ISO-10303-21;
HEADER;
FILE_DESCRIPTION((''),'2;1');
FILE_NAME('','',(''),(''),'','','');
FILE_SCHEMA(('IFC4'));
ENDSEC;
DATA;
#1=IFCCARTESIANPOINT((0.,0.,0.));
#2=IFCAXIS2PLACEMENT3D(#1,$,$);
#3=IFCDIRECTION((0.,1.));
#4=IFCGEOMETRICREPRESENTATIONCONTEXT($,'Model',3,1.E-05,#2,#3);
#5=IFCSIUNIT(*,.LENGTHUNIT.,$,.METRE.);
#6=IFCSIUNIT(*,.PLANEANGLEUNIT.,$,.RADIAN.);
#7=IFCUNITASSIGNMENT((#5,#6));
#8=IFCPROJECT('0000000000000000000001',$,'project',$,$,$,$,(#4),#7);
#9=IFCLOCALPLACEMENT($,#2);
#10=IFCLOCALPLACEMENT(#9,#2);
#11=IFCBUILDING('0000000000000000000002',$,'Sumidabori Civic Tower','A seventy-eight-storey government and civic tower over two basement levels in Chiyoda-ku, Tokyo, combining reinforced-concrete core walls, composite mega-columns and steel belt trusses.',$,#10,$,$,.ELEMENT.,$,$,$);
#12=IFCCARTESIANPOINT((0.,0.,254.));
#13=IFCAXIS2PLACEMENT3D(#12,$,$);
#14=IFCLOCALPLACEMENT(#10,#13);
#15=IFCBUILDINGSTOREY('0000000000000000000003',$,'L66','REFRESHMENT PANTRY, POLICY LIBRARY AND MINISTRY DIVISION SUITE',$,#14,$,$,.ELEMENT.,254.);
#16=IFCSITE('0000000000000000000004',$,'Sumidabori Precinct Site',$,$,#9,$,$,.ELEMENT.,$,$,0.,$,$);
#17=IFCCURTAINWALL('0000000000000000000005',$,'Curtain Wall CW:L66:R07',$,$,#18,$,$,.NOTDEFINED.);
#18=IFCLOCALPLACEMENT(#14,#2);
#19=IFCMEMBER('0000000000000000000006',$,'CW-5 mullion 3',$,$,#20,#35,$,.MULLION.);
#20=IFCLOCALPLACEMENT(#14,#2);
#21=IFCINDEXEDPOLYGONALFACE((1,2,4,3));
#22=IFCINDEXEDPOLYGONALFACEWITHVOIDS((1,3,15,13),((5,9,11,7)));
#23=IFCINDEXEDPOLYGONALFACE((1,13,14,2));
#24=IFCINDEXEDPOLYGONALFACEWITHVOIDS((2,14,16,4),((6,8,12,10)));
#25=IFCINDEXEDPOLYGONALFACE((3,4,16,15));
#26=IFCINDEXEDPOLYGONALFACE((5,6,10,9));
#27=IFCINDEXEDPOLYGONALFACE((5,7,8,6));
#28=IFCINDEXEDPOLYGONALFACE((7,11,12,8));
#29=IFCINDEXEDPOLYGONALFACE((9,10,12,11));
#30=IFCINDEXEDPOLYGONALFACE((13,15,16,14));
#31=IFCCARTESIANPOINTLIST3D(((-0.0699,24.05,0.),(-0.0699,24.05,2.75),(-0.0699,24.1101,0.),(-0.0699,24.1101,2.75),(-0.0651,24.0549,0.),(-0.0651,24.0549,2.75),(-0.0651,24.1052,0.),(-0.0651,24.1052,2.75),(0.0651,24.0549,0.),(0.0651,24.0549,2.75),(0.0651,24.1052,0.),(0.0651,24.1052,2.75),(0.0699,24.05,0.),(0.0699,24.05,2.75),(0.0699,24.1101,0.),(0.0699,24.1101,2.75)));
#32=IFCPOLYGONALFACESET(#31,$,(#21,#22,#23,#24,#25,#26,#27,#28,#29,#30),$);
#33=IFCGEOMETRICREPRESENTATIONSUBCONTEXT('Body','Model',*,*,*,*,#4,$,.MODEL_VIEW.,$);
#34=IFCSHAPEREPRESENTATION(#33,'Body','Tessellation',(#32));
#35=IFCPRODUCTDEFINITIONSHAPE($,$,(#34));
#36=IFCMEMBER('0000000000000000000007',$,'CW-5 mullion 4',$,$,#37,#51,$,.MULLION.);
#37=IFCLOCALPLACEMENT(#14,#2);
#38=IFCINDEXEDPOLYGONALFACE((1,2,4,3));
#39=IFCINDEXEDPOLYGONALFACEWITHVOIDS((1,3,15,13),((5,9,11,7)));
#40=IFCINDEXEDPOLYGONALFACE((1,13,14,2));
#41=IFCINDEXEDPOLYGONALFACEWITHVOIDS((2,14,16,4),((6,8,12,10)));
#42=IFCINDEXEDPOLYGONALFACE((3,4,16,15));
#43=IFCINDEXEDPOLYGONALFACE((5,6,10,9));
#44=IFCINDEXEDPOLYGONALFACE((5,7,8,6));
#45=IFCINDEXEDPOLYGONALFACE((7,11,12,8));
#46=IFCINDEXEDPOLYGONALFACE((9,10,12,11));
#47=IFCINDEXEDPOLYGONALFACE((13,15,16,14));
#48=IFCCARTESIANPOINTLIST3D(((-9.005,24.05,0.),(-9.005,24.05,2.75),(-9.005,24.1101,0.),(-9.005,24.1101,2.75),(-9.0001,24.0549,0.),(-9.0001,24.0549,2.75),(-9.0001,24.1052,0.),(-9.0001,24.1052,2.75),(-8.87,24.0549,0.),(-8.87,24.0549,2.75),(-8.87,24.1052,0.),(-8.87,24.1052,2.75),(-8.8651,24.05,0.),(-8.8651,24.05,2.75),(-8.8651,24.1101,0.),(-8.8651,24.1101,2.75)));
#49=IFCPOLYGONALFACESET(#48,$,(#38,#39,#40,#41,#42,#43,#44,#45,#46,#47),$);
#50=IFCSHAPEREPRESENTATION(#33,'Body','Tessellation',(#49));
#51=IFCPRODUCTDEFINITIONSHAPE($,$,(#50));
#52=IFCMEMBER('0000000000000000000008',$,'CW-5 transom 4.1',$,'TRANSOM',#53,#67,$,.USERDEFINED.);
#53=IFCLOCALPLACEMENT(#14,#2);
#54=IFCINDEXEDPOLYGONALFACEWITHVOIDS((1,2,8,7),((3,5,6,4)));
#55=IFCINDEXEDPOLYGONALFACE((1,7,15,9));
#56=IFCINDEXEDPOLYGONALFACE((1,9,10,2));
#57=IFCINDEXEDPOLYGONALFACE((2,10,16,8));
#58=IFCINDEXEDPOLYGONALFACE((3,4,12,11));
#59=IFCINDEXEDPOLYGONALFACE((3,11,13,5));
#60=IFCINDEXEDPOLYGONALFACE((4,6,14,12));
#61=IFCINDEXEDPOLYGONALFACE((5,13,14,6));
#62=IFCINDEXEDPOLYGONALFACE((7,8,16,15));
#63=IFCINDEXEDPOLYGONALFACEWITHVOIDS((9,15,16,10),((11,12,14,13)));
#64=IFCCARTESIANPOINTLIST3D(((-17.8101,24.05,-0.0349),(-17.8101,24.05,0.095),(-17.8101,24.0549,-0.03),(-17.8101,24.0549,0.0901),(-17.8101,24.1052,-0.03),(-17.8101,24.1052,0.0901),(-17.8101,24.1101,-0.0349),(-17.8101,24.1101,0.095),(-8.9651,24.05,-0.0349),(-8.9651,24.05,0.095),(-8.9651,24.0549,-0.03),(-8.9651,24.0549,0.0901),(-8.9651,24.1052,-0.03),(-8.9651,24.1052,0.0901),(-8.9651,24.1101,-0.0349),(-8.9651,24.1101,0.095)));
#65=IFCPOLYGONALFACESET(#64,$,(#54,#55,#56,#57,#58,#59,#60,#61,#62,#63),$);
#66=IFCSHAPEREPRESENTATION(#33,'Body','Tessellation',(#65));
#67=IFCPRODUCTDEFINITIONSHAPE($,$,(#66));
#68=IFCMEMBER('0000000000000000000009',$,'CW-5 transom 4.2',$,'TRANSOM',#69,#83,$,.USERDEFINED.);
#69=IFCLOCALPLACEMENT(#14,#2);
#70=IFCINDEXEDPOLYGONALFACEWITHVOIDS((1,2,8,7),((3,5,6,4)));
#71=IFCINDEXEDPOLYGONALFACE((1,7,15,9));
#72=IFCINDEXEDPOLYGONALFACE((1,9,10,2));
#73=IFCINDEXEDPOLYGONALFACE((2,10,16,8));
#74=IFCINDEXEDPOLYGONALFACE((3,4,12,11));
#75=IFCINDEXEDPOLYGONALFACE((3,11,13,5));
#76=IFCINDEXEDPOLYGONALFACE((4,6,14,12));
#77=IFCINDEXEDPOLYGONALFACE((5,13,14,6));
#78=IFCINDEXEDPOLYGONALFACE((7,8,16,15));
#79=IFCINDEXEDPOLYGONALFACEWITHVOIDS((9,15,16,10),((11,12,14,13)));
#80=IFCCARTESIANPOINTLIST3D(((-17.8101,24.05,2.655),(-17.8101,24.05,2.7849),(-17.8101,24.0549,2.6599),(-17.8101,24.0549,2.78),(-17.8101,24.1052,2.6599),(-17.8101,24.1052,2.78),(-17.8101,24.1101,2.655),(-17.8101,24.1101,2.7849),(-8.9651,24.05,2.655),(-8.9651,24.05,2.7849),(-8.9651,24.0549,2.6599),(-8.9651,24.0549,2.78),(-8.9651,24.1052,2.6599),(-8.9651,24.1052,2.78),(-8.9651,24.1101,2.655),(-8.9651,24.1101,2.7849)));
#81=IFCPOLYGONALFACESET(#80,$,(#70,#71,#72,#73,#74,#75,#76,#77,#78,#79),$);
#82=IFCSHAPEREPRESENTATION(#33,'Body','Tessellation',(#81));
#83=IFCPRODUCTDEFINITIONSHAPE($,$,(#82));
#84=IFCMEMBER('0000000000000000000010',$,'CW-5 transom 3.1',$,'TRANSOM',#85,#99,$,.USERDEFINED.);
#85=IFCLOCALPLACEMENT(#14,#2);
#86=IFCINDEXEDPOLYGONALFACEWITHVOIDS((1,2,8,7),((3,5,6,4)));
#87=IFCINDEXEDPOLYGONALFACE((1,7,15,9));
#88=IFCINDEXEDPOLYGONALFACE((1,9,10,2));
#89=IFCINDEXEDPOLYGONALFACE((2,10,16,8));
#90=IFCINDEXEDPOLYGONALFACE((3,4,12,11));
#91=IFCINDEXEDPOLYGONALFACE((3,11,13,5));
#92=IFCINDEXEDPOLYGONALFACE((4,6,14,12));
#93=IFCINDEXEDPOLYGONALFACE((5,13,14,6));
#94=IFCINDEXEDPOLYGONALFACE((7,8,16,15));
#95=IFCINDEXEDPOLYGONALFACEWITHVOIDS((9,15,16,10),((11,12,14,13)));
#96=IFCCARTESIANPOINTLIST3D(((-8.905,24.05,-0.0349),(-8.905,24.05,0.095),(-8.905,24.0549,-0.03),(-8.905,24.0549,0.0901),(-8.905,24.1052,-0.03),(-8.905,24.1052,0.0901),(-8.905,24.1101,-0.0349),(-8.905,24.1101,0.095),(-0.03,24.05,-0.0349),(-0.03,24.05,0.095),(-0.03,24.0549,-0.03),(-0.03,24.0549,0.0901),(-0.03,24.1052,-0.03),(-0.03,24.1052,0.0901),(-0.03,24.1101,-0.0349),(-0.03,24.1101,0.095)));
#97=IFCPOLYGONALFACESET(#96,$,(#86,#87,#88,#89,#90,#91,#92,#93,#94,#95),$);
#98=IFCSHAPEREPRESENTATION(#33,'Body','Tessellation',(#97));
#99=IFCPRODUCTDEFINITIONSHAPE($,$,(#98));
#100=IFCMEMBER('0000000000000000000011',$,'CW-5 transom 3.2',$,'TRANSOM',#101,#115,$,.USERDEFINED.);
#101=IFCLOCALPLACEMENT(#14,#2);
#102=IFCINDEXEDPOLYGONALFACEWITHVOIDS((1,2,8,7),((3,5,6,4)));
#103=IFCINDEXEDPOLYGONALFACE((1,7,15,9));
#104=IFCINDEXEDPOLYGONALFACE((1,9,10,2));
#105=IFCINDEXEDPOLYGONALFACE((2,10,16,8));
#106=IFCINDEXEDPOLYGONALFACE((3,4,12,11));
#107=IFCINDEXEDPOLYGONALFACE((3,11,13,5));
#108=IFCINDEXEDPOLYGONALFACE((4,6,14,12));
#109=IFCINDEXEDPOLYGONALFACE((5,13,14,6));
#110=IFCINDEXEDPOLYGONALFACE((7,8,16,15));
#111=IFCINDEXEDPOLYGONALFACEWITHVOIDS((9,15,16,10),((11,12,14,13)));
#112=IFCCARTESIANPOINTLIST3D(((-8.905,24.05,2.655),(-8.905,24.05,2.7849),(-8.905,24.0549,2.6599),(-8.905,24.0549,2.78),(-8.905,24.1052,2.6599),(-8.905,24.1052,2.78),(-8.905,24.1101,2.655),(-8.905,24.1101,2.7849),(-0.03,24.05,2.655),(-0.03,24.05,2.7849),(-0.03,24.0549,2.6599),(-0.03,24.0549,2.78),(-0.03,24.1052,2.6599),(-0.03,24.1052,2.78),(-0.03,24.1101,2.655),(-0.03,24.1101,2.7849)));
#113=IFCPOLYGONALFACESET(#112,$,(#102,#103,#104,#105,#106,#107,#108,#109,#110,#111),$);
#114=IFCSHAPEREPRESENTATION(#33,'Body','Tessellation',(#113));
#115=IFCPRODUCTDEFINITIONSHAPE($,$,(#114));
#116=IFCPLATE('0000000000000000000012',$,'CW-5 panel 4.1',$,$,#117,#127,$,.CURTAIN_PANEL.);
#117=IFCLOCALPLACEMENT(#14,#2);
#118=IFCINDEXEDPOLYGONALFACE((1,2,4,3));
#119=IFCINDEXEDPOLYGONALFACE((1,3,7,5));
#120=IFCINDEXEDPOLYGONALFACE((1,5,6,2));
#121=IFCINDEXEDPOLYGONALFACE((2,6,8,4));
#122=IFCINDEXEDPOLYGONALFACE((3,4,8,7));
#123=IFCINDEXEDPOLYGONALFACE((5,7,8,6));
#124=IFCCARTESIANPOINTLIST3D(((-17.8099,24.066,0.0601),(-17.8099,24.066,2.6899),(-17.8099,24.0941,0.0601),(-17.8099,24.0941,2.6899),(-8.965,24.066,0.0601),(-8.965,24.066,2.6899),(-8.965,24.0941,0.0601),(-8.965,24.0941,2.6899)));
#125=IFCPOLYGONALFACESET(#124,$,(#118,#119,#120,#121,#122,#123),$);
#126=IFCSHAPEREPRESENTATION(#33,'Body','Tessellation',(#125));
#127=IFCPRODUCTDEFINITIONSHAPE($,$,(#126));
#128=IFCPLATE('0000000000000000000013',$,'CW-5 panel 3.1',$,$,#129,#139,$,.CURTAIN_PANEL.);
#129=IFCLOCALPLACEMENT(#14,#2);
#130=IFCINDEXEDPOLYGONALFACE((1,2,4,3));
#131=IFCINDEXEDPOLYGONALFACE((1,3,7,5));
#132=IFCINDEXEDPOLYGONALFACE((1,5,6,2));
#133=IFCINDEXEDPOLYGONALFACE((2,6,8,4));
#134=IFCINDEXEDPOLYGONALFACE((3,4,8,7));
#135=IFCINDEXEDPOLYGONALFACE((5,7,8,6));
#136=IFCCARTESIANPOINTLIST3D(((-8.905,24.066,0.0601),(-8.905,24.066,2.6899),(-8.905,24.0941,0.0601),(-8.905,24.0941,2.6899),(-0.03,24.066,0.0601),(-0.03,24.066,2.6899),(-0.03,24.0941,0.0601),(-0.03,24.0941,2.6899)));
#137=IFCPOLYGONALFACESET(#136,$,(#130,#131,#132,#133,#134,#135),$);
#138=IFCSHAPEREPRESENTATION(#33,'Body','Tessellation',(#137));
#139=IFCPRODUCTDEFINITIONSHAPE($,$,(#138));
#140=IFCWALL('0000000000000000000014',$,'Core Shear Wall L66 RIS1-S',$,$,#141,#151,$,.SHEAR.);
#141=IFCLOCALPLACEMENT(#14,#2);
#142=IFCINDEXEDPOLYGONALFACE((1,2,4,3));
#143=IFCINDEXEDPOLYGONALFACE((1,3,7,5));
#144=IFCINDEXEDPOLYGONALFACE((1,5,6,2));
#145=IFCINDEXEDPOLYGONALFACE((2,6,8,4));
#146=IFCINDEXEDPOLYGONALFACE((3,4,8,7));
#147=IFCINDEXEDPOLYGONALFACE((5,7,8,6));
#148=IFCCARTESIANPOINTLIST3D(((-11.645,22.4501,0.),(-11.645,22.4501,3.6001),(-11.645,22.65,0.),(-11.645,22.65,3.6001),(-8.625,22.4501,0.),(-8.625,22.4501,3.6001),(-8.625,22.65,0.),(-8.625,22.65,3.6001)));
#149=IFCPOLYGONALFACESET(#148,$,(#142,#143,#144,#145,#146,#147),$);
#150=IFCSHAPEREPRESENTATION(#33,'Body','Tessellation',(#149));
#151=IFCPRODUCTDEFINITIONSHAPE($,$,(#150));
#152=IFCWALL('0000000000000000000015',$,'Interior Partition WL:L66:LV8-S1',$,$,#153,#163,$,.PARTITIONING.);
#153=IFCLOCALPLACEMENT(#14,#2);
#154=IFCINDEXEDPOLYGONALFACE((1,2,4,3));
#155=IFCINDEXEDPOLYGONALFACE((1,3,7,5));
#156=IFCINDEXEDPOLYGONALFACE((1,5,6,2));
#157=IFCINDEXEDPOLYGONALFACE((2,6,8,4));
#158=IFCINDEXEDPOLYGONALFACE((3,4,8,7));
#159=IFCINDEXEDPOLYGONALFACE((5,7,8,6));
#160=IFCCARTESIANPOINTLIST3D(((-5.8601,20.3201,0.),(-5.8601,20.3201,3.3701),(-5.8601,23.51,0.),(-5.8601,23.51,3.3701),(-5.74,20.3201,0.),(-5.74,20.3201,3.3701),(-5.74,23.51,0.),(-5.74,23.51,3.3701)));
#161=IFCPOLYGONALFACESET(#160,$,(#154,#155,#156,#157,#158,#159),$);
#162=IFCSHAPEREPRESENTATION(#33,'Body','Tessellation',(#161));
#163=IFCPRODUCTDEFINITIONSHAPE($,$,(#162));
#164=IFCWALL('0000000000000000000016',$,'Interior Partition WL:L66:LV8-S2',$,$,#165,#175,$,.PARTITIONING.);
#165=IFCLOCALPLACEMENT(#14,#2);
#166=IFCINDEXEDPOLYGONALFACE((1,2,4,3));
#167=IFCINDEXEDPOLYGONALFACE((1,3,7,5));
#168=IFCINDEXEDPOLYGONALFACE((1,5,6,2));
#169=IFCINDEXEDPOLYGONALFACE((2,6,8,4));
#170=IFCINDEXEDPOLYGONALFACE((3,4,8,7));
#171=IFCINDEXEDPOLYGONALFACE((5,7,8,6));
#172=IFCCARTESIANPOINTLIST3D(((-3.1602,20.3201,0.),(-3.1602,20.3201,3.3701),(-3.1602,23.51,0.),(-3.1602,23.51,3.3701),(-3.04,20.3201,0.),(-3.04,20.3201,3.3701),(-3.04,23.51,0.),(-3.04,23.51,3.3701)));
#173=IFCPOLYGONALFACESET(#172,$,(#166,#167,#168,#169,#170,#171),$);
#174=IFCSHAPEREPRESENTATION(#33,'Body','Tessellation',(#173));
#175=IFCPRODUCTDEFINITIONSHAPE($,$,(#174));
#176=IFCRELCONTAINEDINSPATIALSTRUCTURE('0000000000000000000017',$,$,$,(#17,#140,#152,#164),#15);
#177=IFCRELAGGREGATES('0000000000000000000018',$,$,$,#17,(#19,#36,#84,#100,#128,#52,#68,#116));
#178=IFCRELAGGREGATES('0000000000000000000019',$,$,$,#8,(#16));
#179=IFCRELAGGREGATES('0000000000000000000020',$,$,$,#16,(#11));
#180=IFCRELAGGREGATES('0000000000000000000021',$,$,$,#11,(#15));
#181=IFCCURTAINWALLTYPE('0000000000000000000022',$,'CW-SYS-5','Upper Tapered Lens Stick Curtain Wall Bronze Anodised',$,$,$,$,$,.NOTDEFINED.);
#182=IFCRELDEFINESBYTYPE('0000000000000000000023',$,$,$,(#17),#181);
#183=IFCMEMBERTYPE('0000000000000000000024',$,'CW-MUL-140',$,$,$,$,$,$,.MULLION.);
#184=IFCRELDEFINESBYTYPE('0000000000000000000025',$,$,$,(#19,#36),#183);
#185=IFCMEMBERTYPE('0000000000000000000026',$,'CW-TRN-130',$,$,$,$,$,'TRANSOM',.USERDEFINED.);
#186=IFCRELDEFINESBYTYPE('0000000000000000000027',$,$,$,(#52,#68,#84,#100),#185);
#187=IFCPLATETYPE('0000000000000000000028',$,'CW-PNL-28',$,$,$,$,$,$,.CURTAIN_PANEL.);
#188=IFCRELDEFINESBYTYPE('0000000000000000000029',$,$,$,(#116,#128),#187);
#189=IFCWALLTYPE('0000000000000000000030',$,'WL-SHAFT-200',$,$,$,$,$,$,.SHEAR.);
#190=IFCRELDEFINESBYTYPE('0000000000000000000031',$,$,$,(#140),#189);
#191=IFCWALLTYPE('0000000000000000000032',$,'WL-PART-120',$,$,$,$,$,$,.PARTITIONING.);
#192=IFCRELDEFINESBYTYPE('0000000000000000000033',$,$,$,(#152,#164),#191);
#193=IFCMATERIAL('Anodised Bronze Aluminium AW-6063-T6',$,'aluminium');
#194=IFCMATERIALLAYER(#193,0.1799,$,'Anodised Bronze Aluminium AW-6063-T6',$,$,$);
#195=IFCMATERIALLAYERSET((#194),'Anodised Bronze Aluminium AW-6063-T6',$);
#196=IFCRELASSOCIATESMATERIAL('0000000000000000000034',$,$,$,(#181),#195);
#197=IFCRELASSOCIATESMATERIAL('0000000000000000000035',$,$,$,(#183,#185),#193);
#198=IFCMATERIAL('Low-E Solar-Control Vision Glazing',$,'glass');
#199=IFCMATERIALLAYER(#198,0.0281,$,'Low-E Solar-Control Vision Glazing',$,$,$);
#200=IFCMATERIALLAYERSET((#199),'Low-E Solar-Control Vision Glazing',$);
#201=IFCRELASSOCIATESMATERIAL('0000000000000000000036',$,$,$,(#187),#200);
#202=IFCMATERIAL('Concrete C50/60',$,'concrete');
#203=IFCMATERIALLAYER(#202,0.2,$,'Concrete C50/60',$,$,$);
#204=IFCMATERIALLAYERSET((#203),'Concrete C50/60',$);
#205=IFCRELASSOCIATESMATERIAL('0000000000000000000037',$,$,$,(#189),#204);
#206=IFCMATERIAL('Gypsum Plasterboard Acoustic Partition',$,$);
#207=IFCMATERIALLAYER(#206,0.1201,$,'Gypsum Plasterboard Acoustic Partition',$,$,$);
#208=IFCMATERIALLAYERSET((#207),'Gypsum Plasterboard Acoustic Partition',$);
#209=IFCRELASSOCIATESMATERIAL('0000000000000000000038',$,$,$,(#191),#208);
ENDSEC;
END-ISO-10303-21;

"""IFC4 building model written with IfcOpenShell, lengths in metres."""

from ifc_helpers import new_model, si_unit, direction, frame, frame_2d, origin, origin_2d, place, context, subcontext, project, spatial, rectangle, hollow_rectangle, extrude, source, transform, mapped, material, layer, layer_set, material_profile, profile_set, type_object, element, aggregate, save


model = new_model("IFC4")

# Units and contexts
model_context = context("Model", 3, precision=1e-05, world=origin(), true_north=direction((0.0, 1.0)))
body_context = subcontext(model_context, "Body", "Model", "MODEL_VIEW")
ifc_project = project(units=[si_unit("LENGTHUNIT", "METRE"), si_unit("PLANEANGLEUNIT", "RADIAN")], contexts=[model_context])

# Site, building, storey
site_placement = place(None, origin())
site = spatial("IfcSite", under=ifc_project, at=site_placement, Name="Sumidabori Precinct Site", CompositionType="ELEMENT", RefElevation=0.0)
building_placement = place(site_placement, origin())
building = spatial("IfcBuilding", under=site, at=building_placement, Name="Sumidabori Civic Tower", Description="A seventy-eight-storey government and civic tower over two basement levels in Chiyoda-ku, Tokyo, combining reinforced-concrete core walls, composite mega-columns and steel belt trusses.", CompositionType="ELEMENT")
storey_placement = place(building_placement, frame((0.0, 0.0, 254.0)))
storey = spatial("IfcBuildingStorey", under=building, at=storey_placement, Name="L66", Description="REFRESHMENT PANTRY, POLICY LIBRARY AND MINISTRY DIVISION SUITE", CompositionType="ELEMENT", Elevation=254.0)

# Curtain wall, members, plates
ifc_material_1 = material(Name="Anodised Bronze Aluminium AW-6063-T6", Category="aluminium")
ifc_layer_1 = layer(ifc_material_1, 0.1799, Name="Anodised Bronze Aluminium AW-6063-T6")
ifc_layer_set_1 = layer_set([ifc_layer_1], Name="Anodised Bronze Aluminium AW-6063-T6")
curtain_wall_type = type_object("IfcCurtainWallType", Name="CW-SYS-5", Description="Upper Tapered Lens Stick Curtain Wall Bronze Anodised", PredefinedType="NOTDEFINED", material=ifc_layer_set_1)
curtain_wall_placement = place(storey_placement, origin())
curtain_wall = element("IfcCurtainWall", 1, at=curtain_wall_placement, inside=storey, type_object=curtain_wall_type, Name="Curtain Wall CW:L66:R07", PredefinedType="NOTDEFINED")
ifc_material_profile_1 = material_profile(ifc_material_1, hollow_rectangle(XDim=0.0601, YDim=0.1399, WallThickness=0.0049, at=origin_2d()), Name="ALU MULLION 140x60")
ifc_profile_set_1 = profile_set([ifc_material_profile_1], Name="Anodised Bronze Aluminium AW-6063-T6")
member_type_1 = type_object("IfcMemberType", Name="CW-MUL-140", PredefinedType="MULLION", material=ifc_profile_set_1)
shared_shape_1 = source(origin(), body_context, "Body", "SweptSolid", [
    extrude(hollow_rectangle(XDim=0.0601, YDim=0.1399, WallThickness=0.0049, at=origin_2d()), origin(), (0.0, 0.0, 1.0), 2.75),
])
member_1_placement = place(storey_placement, frame((0.0, 24.0801, 0.0), z_axis=(0.0, 0.0, 1.0), x_axis=(0.0, -1.0, 0.0)))
member_1 = element("IfcMember", 2, at=member_1_placement, type_object=member_type_1, Name="CW-5 mullion 3", PredefinedType="MULLION", context=body_context, shape_type="MappedRepresentation", body=[
    mapped(shared_shape_1, transform((0.0, 0.0, 0.0), x_axis=(1.0, 0.0, 0.0), y_axis=(0.0, 1.0, 0.0), z_axis=(0.0, 0.0, 1.0), scale=1.0)),
])
member_2_placement = place(storey_placement, frame((-8.9351, 24.0801, 0.0), z_axis=(0.0, 0.0, 1.0), x_axis=(0.0, -1.0, 0.0)))
member_2 = element("IfcMember", 3, at=member_2_placement, type_object=member_type_1, Name="CW-5 mullion 4", PredefinedType="MULLION", context=body_context, shape_type="MappedRepresentation", body=[
    mapped(shared_shape_1, transform((0.0, 0.0, 0.0), x_axis=(1.0, 0.0, 0.0), y_axis=(0.0, 1.0, 0.0), z_axis=(0.0, 0.0, 1.0), scale=1.0)),
])
ifc_material_profile_2 = material_profile(ifc_material_1, hollow_rectangle(XDim=0.0601, YDim=0.1299, WallThickness=0.0049, at=origin_2d()), Name="ALU TRANSOM 130x60")
ifc_profile_set_2 = profile_set([ifc_material_profile_2], Name="Anodised Bronze Aluminium AW-6063-T6")
member_type_2 = type_object("IfcMemberType", Name="CW-TRN-130", ElementType="TRANSOM", PredefinedType="USERDEFINED", material=ifc_profile_set_2)
shared_shape_2 = source(origin(), body_context, "Body", "SweptSolid", [
    extrude(hollow_rectangle(XDim=0.0601, YDim=0.1299, WallThickness=0.0049, at=origin_2d()), origin(), (0.0, 0.0, 1.0), 8.845),
])
member_3_placement = place(storey_placement, frame((-8.9651, 24.0801, 0.03), z_axis=(-1.0, 0.0, 0.0), x_axis=(0.0, -1.0, 0.0)))
member_3 = element("IfcMember", 4, at=member_3_placement, type_object=member_type_2, Name="CW-5 transom 4.1", ObjectType="TRANSOM", PredefinedType="USERDEFINED", context=body_context, shape_type="MappedRepresentation", body=[
    mapped(shared_shape_2, transform((0.0, 0.0, 0.0), x_axis=(1.0, 0.0, 0.0), y_axis=(0.0, 1.0, 0.0), z_axis=(0.0, 0.0, 1.0), scale=1.0)),
])
member_4_placement = place(storey_placement, frame((-8.9651, 24.0801, 2.72), z_axis=(-1.0, 0.0, 0.0), x_axis=(0.0, -1.0, 0.0)))
member_4 = element("IfcMember", 5, at=member_4_placement, type_object=member_type_2, Name="CW-5 transom 4.2", ObjectType="TRANSOM", PredefinedType="USERDEFINED", context=body_context, shape_type="MappedRepresentation", body=[
    mapped(shared_shape_2, transform((0.0, 0.0, 0.0), x_axis=(1.0, 0.0, 0.0), y_axis=(0.0, 1.0, 0.0), z_axis=(0.0, 0.0, 1.0), scale=1.0)),
])
shared_shape_3 = source(origin(), body_context, "Body", "SweptSolid", [
    extrude(hollow_rectangle(XDim=0.0601, YDim=0.1299, WallThickness=0.0049, at=origin_2d()), origin(), (0.0, 0.0, 1.0), 8.875),
])
member_5_placement = place(storey_placement, frame((-0.03, 24.0801, 0.03), z_axis=(-1.0, 0.0, 0.0), x_axis=(0.0, -1.0, 0.0)))
member_5 = element("IfcMember", 6, at=member_5_placement, type_object=member_type_2, Name="CW-5 transom 3.1", ObjectType="TRANSOM", PredefinedType="USERDEFINED", context=body_context, shape_type="MappedRepresentation", body=[
    mapped(shared_shape_3, transform((0.0, 0.0, 0.0), x_axis=(1.0, 0.0, 0.0), y_axis=(0.0, 1.0, 0.0), z_axis=(0.0, 0.0, 1.0), scale=1.0)),
])
member_6_placement = place(storey_placement, frame((-0.03, 24.0801, 2.72), z_axis=(-1.0, 0.0, 0.0), x_axis=(0.0, -1.0, 0.0)))
member_6 = element("IfcMember", 7, at=member_6_placement, type_object=member_type_2, Name="CW-5 transom 3.2", ObjectType="TRANSOM", PredefinedType="USERDEFINED", context=body_context, shape_type="MappedRepresentation", body=[
    mapped(shared_shape_3, transform((0.0, 0.0, 0.0), x_axis=(1.0, 0.0, 0.0), y_axis=(0.0, 1.0, 0.0), z_axis=(0.0, 0.0, 1.0), scale=1.0)),
])
ifc_material_2 = material(Name="Low-E Solar-Control Vision Glazing", Category="glass")
ifc_layer_2 = layer(ifc_material_2, 0.0281, Name="Low-E Solar-Control Vision Glazing")
ifc_layer_set_2 = layer_set([ifc_layer_2], Name="Low-E Solar-Control Vision Glazing")
plate_type = type_object("IfcPlateType", Name="CW-PNL-28", PredefinedType="CURTAIN_PANEL", material=ifc_layer_set_2)
shared_shape_4 = source(origin(), body_context, "Body", "SweptSolid", [
    extrude(rectangle(XDim=8.845, YDim=0.0281, at=origin_2d()), origin(), (0.0, 0.0, 1.0), 2.6299),
])
plate_1_placement = place(storey_placement, frame((-13.3875, 24.0801, 0.0601), z_axis=(0.0, 0.0, 1.0), x_axis=(-1.0, 0.0, 0.0)))
plate_1 = element("IfcPlate", 8, at=plate_1_placement, type_object=plate_type, Name="CW-5 panel 4.1", PredefinedType="CURTAIN_PANEL", context=body_context, shape_type="MappedRepresentation", body=[
    mapped(shared_shape_4, transform((0.0, 0.0, 0.0), x_axis=(1.0, 0.0, 0.0), y_axis=(0.0, 1.0, 0.0), z_axis=(0.0, 0.0, 1.0), scale=1.0)),
])
shared_shape_5 = source(origin(), body_context, "Body", "SweptSolid", [
    extrude(rectangle(XDim=8.875, YDim=0.0281, at=origin_2d()), origin(), (0.0, 0.0, 1.0), 2.6299),
])
plate_2_placement = place(storey_placement, frame((-4.4675, 24.0801, 0.0601), z_axis=(0.0, 0.0, 1.0), x_axis=(-1.0, 0.0, 0.0)))
plate_2 = element("IfcPlate", 9, at=plate_2_placement, type_object=plate_type, Name="CW-5 panel 3.1", PredefinedType="CURTAIN_PANEL", context=body_context, shape_type="MappedRepresentation", body=[
    mapped(shared_shape_5, transform((0.0, 0.0, 0.0), x_axis=(1.0, 0.0, 0.0), y_axis=(0.0, 1.0, 0.0), z_axis=(0.0, 0.0, 1.0), scale=1.0)),
])
aggregate(curtain_wall, [member_1, member_2, member_5, member_6, plate_2, member_3, member_4, plate_1])

# Wall
ifc_material_3 = material(Name="Concrete C50/60", Category="concrete")
ifc_layer_3 = layer(ifc_material_3, 0.2, Name="Concrete C50/60")
ifc_layer_set_3 = layer_set([ifc_layer_3], Name="Concrete C50/60")
wall_type_1 = type_object("IfcWallType", Name="WL-SHAFT-200", PredefinedType="SHEAR", material=ifc_layer_set_3)
shared_shape_6 = source(origin(), body_context, "Body", "SweptSolid", [
    extrude(rectangle(XDim=3.02, YDim=0.2, at=frame_2d((1.51, 0.0))), origin(), (0.0, 0.0, 1.0), 3.6001),
])
wall_1_placement = place(storey_placement, frame((-11.645, 22.55, 0.0), z_axis=(0.0, 0.0, 1.0), x_axis=(1.0, 0.0, 0.0)))
element("IfcWall", 10, at=wall_1_placement, inside=storey, type_object=wall_type_1, Name="Core Shear Wall L66 RIS1-S", PredefinedType="SHEAR", context=body_context, shape_type="MappedRepresentation", body=[
    mapped(shared_shape_6, transform((0.0, 0.0, 0.0), x_axis=(1.0, 0.0, 0.0), y_axis=(0.0, 1.0, 0.0), z_axis=(0.0, 0.0, 1.0), scale=1.0)),
])

# Shared definitions
ifc_material_4 = material(Name="Gypsum Plasterboard Acoustic Partition")

# Walls
ifc_layer_4 = layer(ifc_material_4, 0.1201, Name="Gypsum Plasterboard Acoustic Partition")
ifc_layer_set_4 = layer_set([ifc_layer_4], Name="Gypsum Plasterboard Acoustic Partition")
wall_type_2 = type_object("IfcWallType", Name="WL-PART-120", PredefinedType="PARTITIONING", material=ifc_layer_set_4)
shared_shape_7 = source(origin(), body_context, "Body", "SweptSolid", [
    extrude(rectangle(XDim=3.1899, YDim=0.1201, at=frame_2d((1.595, 0.0))), origin(), (0.0, 0.0, 1.0), 3.3701),
])
for number, where, z_axis, x_axis, name in (
    (11, (-5.8, 20.3201, 0.0), (0.0, 0.0, 1.0), (0.0, 1.0, 0.0), "Interior Partition WL:L66:LV8-S1"),
    (12, (-3.1001, 20.3201, 0.0), (0.0, 0.0, 1.0), (0.0, 1.0, 0.0), "Interior Partition WL:L66:LV8-S2"),
):
    element("IfcWall", number, at=place(storey_placement, frame(where, z_axis=z_axis, x_axis=x_axis)), inside=storey, type_object=wall_type_2, Name=name, PredefinedType="PARTITIONING", context=body_context, shape_type="MappedRepresentation", body=[
        mapped(shared_shape_7, transform((0.0, 0.0, 0.0), x_axis=(1.0, 0.0, 0.0), y_axis=(0.0, 1.0, 0.0), z_axis=(0.0, 0.0, 1.0), scale=1.0)),
    ])

save(model, "model.ifc")
